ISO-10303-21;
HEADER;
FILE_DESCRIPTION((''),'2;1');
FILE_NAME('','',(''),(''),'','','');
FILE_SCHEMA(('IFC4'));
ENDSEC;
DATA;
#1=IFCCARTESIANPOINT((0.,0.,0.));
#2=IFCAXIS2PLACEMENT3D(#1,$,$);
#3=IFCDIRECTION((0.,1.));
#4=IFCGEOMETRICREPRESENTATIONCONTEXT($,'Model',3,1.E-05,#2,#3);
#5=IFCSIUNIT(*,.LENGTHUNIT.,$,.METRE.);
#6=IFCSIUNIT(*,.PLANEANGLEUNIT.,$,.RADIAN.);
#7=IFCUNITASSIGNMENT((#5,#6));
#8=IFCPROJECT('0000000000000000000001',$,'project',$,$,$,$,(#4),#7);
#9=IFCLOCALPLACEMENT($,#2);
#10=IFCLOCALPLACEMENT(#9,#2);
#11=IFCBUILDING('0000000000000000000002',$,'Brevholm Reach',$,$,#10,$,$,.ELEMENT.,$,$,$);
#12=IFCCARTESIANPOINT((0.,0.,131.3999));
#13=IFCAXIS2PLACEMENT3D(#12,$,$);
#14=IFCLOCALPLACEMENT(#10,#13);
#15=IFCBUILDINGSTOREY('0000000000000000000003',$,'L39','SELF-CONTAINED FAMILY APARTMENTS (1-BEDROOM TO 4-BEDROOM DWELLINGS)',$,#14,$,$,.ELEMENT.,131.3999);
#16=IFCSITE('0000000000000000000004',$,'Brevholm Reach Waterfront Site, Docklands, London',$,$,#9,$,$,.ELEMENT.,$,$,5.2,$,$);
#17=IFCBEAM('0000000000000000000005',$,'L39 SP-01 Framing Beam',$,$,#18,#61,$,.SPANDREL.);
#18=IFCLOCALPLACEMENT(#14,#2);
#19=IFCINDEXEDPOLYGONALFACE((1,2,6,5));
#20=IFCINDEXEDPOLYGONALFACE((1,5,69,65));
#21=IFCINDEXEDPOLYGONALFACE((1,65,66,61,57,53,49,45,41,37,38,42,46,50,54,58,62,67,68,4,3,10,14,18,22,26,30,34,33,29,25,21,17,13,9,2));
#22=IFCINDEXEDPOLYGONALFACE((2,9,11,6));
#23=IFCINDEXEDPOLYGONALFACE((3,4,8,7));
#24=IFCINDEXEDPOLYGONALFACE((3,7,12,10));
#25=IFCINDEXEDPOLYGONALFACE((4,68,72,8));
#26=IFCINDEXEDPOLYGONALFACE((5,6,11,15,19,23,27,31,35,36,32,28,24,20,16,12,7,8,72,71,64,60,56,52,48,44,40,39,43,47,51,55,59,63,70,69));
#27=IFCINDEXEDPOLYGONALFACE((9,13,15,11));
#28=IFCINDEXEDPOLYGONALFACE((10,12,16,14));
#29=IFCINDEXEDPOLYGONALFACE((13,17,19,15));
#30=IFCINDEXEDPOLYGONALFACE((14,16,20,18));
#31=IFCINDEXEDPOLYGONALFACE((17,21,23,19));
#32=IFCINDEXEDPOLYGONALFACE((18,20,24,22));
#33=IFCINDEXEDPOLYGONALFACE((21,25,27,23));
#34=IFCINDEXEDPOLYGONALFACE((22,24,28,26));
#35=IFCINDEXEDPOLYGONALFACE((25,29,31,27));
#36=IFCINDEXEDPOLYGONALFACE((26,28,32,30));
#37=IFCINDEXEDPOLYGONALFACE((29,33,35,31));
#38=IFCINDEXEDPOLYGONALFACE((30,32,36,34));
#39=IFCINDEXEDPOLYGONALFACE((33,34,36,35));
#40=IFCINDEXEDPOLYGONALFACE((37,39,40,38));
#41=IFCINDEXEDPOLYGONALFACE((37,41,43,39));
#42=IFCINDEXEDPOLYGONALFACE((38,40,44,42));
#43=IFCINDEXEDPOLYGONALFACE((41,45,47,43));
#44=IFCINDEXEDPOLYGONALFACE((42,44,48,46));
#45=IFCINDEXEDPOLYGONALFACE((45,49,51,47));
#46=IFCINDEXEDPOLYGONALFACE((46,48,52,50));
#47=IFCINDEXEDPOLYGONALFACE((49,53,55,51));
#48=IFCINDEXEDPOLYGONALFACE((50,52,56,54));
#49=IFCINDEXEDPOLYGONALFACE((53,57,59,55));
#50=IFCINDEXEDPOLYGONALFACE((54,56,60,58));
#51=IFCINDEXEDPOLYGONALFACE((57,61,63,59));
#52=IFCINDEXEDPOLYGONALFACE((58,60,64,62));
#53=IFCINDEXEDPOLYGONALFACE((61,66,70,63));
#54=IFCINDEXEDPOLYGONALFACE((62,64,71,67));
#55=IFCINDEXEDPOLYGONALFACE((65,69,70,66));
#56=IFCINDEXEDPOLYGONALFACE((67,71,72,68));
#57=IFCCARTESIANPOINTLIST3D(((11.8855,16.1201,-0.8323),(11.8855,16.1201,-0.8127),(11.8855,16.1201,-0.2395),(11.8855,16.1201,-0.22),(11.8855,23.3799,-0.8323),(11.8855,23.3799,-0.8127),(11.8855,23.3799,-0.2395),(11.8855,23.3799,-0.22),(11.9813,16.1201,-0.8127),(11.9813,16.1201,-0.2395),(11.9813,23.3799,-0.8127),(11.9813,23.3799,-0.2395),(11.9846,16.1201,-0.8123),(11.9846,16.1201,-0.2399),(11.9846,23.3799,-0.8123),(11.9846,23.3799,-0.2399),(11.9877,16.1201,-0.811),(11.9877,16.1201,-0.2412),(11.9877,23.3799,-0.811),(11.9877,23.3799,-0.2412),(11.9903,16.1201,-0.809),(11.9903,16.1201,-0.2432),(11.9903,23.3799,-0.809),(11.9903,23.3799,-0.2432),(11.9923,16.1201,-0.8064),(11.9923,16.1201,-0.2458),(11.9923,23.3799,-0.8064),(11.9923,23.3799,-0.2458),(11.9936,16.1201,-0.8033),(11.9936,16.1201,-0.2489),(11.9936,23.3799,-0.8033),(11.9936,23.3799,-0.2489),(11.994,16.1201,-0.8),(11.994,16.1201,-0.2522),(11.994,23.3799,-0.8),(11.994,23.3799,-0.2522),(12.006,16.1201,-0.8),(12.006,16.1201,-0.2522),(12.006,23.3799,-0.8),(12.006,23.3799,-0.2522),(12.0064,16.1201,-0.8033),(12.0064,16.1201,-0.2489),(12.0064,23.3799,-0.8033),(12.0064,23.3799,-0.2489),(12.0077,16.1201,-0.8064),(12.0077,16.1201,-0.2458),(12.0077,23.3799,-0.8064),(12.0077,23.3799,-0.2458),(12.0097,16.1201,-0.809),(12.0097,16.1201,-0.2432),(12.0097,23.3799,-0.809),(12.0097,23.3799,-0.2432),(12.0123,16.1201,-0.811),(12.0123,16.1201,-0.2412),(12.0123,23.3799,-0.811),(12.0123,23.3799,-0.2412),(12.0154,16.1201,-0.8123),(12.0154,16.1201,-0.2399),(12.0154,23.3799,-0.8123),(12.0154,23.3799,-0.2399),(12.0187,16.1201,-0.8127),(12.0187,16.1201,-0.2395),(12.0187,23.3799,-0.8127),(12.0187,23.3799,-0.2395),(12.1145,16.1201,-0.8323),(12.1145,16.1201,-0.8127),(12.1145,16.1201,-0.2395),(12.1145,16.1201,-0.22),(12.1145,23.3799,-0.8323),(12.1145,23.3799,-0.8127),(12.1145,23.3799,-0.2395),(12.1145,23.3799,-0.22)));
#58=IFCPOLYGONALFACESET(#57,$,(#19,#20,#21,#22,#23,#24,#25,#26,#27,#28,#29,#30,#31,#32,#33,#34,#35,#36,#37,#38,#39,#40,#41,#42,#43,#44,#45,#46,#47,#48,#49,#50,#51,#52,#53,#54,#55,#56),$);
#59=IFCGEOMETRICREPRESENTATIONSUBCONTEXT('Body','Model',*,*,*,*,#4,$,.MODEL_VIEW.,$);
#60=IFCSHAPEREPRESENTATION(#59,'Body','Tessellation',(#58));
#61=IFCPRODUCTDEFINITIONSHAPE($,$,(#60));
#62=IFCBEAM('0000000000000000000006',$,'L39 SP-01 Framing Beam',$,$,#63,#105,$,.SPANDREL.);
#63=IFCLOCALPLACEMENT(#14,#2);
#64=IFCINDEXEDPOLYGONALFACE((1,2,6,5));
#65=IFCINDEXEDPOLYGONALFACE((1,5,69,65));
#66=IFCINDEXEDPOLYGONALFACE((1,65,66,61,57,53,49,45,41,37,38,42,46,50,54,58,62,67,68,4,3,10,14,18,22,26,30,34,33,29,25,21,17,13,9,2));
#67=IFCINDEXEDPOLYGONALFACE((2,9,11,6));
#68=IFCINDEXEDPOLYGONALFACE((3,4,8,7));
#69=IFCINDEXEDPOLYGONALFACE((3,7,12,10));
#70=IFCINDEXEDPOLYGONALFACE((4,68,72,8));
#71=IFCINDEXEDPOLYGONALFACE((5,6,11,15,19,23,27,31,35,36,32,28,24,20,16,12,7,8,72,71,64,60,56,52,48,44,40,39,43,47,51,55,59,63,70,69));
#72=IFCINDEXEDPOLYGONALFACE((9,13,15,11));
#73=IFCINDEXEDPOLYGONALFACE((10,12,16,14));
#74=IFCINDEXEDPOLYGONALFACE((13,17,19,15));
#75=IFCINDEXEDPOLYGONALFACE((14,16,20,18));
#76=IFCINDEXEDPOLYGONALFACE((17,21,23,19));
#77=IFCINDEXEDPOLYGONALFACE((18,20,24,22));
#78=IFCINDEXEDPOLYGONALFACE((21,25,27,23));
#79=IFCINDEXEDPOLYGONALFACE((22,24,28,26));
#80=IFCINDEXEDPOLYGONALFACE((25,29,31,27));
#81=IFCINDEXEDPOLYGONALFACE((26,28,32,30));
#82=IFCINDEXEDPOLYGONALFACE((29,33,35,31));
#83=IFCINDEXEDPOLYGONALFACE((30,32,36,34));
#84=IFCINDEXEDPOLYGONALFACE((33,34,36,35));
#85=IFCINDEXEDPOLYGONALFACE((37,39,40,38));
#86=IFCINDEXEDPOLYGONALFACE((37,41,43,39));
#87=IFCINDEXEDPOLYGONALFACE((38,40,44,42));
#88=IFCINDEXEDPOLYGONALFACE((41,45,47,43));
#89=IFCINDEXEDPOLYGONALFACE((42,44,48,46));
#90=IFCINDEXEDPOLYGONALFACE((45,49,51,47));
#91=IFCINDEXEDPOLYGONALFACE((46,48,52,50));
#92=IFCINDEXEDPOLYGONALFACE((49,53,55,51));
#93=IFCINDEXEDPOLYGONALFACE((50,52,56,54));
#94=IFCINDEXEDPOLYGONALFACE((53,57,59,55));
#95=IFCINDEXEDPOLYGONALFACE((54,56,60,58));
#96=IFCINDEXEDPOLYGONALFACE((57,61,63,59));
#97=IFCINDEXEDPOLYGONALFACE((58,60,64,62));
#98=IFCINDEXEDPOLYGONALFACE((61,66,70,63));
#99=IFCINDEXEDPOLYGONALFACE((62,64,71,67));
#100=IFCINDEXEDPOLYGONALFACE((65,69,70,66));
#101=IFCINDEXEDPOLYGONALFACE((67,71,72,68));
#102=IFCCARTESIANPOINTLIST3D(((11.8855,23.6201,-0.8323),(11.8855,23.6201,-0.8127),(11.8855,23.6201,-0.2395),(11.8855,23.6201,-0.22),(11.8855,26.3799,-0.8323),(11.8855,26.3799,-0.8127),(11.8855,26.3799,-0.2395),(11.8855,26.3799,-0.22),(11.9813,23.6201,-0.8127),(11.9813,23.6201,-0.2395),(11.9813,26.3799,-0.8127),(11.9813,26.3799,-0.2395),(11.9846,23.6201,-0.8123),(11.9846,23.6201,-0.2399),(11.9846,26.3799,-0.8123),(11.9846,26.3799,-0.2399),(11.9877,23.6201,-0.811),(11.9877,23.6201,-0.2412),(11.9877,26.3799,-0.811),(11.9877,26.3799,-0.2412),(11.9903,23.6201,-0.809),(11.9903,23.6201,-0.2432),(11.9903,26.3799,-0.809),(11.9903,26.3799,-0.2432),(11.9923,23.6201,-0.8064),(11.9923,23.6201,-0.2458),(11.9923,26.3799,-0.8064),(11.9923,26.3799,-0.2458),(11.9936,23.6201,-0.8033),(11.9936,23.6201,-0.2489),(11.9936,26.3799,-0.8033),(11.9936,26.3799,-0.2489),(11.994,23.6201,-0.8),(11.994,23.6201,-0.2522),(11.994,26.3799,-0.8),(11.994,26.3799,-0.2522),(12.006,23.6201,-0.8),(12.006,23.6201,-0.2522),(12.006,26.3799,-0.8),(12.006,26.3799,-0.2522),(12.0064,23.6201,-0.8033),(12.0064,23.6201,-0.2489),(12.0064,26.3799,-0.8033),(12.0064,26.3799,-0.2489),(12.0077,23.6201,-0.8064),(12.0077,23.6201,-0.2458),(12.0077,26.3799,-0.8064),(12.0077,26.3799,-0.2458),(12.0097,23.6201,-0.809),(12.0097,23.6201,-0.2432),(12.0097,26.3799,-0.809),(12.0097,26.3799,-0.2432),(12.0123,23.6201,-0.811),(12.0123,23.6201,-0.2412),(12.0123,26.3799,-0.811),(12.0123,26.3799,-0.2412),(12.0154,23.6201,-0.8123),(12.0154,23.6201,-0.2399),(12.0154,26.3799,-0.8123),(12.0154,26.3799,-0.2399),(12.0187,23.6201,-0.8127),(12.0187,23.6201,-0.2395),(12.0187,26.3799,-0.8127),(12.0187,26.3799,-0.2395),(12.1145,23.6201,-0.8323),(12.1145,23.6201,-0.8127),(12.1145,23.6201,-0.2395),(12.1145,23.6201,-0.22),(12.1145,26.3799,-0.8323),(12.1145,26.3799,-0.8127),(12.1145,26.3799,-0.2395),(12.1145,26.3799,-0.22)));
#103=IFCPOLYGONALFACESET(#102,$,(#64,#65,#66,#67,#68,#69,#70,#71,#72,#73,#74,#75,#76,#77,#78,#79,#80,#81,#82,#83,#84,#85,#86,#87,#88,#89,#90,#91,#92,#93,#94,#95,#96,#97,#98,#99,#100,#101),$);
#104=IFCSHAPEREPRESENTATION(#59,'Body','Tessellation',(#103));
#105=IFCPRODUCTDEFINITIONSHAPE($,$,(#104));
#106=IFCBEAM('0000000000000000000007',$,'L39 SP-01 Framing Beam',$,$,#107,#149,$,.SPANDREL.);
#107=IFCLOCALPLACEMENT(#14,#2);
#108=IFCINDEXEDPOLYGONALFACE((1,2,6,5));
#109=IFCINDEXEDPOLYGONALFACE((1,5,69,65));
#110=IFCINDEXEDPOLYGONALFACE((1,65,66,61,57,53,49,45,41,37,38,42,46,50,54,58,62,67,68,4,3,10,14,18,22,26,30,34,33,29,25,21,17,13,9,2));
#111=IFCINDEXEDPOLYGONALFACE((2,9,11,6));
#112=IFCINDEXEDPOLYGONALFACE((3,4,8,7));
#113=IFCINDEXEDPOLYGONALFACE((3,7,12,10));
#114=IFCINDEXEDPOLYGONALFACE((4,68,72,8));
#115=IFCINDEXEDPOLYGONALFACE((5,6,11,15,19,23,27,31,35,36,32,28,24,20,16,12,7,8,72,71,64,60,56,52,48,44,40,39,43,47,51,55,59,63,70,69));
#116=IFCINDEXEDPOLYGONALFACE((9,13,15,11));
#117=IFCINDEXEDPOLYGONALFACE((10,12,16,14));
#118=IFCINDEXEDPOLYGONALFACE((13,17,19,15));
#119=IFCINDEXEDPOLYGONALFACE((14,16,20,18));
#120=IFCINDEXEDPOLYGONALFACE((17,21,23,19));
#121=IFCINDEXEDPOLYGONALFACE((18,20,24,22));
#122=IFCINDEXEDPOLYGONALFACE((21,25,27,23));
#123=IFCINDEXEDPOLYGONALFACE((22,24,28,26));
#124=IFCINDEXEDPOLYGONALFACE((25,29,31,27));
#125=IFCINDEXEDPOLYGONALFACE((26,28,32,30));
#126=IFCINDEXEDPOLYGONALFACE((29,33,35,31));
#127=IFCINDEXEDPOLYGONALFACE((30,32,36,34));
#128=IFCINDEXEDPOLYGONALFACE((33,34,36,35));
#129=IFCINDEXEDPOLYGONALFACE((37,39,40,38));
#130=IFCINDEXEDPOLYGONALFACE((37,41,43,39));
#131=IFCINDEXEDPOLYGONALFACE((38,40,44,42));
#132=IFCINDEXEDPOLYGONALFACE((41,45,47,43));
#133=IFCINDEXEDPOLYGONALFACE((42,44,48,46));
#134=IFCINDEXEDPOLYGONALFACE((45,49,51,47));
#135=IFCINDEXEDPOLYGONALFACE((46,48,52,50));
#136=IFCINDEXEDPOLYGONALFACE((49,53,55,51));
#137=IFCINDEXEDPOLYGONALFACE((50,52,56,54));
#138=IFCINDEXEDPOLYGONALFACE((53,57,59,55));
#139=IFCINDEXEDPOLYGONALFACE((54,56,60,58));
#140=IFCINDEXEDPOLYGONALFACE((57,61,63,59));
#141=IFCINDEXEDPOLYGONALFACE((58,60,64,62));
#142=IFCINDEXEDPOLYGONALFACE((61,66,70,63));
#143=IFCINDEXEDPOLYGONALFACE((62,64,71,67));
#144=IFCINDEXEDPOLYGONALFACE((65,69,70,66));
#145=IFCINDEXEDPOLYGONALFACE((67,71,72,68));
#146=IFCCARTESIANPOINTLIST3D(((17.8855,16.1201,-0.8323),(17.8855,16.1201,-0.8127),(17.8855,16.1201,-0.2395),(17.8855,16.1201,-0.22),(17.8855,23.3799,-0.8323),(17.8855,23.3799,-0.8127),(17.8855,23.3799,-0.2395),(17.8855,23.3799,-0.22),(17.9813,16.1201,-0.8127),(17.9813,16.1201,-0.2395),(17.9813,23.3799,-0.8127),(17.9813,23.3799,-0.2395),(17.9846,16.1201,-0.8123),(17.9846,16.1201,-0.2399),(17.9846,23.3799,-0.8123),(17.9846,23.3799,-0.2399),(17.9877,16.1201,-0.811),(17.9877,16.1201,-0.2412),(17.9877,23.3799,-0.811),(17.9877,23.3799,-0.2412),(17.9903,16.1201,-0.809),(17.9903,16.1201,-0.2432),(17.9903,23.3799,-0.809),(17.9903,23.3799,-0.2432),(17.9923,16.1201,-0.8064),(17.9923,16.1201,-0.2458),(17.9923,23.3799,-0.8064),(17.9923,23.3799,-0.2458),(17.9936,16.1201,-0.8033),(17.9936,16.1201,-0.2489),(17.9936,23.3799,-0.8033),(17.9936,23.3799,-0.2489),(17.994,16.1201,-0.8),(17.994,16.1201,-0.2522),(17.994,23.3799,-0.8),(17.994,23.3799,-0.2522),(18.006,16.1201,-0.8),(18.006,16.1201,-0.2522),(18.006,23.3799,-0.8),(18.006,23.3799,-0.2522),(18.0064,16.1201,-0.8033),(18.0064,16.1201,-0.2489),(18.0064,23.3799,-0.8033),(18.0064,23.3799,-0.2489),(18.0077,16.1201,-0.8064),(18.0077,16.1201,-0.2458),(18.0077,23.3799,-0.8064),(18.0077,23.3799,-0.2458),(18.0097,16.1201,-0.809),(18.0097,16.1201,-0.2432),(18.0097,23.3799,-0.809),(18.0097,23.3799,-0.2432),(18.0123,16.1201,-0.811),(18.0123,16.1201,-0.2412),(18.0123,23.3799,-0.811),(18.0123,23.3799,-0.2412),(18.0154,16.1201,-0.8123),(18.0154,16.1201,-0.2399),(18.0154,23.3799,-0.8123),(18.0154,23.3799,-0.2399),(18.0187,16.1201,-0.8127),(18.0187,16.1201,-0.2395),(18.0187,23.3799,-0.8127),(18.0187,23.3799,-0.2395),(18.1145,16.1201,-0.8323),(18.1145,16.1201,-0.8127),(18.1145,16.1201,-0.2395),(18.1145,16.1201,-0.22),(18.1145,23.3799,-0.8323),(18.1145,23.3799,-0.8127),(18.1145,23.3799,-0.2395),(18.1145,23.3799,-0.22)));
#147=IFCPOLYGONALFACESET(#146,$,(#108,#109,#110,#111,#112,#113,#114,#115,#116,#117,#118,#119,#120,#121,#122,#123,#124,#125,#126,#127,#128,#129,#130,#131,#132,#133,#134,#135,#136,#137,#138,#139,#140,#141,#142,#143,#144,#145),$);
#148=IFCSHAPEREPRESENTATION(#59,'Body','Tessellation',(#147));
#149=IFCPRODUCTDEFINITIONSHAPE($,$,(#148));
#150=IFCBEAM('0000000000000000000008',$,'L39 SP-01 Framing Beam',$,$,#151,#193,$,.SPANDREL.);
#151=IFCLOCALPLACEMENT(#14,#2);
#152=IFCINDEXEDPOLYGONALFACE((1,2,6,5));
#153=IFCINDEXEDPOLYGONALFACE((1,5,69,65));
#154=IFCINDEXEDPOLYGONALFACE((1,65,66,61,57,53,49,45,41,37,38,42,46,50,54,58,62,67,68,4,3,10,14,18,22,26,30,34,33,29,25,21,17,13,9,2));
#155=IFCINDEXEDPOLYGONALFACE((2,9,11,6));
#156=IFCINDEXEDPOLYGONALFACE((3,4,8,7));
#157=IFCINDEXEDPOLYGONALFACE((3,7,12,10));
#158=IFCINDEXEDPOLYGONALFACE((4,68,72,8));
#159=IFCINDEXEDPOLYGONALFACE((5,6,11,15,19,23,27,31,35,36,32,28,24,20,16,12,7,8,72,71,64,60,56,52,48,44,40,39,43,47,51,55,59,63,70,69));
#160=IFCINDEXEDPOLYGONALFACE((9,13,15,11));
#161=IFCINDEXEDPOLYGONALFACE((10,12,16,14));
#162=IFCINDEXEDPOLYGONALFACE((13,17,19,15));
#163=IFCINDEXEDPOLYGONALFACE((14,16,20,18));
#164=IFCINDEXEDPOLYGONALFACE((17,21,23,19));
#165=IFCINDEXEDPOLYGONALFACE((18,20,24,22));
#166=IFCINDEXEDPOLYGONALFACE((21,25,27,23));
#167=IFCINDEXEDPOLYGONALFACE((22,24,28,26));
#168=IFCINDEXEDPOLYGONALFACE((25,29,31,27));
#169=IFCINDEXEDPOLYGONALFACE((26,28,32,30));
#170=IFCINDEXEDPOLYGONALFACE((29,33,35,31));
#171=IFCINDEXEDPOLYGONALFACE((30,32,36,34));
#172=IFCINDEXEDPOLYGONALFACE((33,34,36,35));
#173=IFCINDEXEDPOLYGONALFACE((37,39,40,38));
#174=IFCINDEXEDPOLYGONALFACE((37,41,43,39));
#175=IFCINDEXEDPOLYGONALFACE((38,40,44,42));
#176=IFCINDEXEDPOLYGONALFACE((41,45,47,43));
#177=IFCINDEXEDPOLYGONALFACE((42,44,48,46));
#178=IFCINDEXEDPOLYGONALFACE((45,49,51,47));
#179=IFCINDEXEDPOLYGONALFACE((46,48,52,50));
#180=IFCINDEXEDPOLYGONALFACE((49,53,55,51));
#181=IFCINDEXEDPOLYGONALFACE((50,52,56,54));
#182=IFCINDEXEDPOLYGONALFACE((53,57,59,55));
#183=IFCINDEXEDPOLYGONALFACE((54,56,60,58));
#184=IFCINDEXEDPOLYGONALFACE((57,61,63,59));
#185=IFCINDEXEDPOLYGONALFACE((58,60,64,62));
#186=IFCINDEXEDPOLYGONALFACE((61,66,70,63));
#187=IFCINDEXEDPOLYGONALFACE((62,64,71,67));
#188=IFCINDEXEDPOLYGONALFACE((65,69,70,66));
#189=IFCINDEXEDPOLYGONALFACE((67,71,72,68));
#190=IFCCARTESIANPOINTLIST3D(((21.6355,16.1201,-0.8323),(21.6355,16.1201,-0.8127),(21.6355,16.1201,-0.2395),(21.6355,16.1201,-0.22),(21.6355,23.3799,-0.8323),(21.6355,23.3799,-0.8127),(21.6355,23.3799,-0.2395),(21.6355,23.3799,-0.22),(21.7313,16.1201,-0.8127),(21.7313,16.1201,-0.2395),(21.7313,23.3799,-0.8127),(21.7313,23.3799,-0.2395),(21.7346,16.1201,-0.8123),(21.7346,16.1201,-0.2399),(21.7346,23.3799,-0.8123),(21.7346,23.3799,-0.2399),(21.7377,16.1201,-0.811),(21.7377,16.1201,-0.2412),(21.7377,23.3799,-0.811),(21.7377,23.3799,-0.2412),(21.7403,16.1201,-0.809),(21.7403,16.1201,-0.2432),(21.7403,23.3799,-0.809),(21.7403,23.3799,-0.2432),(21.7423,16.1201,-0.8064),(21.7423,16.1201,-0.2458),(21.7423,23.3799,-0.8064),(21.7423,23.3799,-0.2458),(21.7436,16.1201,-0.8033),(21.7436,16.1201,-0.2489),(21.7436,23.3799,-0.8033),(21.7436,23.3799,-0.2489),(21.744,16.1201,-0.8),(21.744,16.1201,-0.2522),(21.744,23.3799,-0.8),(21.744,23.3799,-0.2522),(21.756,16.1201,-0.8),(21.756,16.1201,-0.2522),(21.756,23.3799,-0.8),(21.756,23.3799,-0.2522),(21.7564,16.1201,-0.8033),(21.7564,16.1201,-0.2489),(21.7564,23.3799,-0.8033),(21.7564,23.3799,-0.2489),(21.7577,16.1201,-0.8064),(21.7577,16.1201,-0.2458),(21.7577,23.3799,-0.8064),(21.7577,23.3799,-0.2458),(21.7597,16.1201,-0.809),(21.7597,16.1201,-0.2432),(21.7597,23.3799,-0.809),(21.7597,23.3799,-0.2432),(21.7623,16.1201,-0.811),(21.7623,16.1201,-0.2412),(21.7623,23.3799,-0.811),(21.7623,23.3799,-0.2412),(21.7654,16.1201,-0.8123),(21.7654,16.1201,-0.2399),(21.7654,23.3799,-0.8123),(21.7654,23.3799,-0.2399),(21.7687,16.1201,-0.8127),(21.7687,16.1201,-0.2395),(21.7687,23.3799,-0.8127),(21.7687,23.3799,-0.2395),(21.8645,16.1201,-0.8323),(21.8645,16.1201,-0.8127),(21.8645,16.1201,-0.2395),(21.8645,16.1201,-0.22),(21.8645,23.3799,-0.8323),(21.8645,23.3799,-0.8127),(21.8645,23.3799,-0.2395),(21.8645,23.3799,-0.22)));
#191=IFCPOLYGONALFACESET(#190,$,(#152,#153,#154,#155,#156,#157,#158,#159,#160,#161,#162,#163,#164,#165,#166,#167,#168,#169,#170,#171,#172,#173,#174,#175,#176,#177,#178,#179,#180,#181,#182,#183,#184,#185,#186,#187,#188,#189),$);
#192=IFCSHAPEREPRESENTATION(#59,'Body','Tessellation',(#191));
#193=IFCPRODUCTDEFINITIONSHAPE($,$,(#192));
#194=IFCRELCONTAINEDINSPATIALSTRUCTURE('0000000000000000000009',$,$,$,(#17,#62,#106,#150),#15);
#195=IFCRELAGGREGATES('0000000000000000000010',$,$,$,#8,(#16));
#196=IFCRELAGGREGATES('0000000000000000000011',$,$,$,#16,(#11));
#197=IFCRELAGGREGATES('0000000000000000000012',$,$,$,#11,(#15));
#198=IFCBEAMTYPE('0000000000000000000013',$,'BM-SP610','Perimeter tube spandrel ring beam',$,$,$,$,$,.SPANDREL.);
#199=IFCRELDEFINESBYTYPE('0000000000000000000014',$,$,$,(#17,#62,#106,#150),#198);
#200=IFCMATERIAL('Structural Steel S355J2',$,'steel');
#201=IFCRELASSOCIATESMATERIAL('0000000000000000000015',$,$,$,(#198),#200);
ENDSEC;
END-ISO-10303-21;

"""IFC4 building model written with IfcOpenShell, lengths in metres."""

from ifc_helpers import new_model, si_unit, direction, frame, origin, origin_2d, place, context, subcontext, project, spatial, i_section, extrude, material, material_profile, profile_set, type_object, element, save


model = new_model("IFC4")

# Units and contexts
model_context = context("Model", 3, precision=1e-05, world=origin(), true_north=direction((0.0, 1.0)))
body_context = subcontext(model_context, "Body", "Model", "MODEL_VIEW")
ifc_project = project(units=[si_unit("LENGTHUNIT", "METRE"), si_unit("PLANEANGLEUNIT", "RADIAN")], contexts=[model_context])

# Site, building, storey
site_placement = place(None, origin())
site = spatial("IfcSite", under=ifc_project, at=site_placement, Name="Brevholm Reach Waterfront Site, Docklands, London", CompositionType="ELEMENT", RefElevation=5.2)
building_placement = place(site_placement, origin())
building = spatial("IfcBuilding", under=site, at=building_placement, Name="Brevholm Reach", CompositionType="ELEMENT")
storey_placement = place(building_placement, frame((0.0, 0.0, 131.3999)))
storey = spatial("IfcBuildingStorey", under=building, at=storey_placement, Name="L39", Description="SELF-CONTAINED FAMILY APARTMENTS (1-BEDROOM TO 4-BEDROOM DWELLINGS)", CompositionType="ELEMENT", Elevation=131.3999)

# Beams
ifc_material_1 = material(Name="Structural Steel S355J2", Category="steel")
ifc_material_profile_1 = material_profile(ifc_material_1, i_section(OverallWidth=0.229, OverallDepth=0.6123, WebThickness=0.012, FlangeThickness=0.0195, FilletRadius=0.0127, at=origin_2d()), Name="UKB 610x229x125")
ifc_profile_set_1 = profile_set([ifc_material_profile_1], Name="Structural Steel S355J2")
beam_type_1 = type_object("IfcBeamType", Name="BM-SP610", Description="Perimeter tube spandrel ring beam", PredefinedType="SPANDREL", material=ifc_profile_set_1)
beam_1_placement = place(storey_placement, frame((12.0, 16.1201, -0.5261), z_axis=(0.0, 1.0, 0.0), x_axis=(-1.0, 0.0, 0.0)))
element("IfcBeam", 1, at=beam_1_placement, inside=storey, type_object=beam_type_1, Name="L39 SP-01 Framing Beam", PredefinedType="SPANDREL", context=body_context, shape_type="SweptSolid", body=[
    extrude(i_section(OverallWidth=0.229, OverallDepth=0.6123, WebThickness=0.012, FlangeThickness=0.0195, FilletRadius=0.0127, at=origin_2d()), origin(), (0.0, 0.0, 1.0), 7.2598),
])
beam_2_placement = place(storey_placement, frame((12.0, 23.6201, -0.5261), z_axis=(0.0, 1.0, 0.0), x_axis=(-1.0, 0.0, 0.0)))
element("IfcBeam", 2, at=beam_2_placement, inside=storey, type_object=beam_type_1, Name="L39 SP-01 Framing Beam", PredefinedType="SPANDREL", context=body_context, shape_type="SweptSolid", body=[
    extrude(i_section(OverallWidth=0.229, OverallDepth=0.6123, WebThickness=0.012, FlangeThickness=0.0195, FilletRadius=0.0127, at=origin_2d()), origin(), (0.0, 0.0, 1.0), 2.7598),
])
for number, where, z_axis, x_axis, name in (
    (3, (18.0, 16.1201, -0.5261), (0.0, 1.0, 0.0), (-1.0, 0.0, 0.0), "L39 SP-01 Framing Beam"),
    (4, (21.75, 16.1201, -0.5261), (0.0, 1.0, 0.0), (-1.0, 0.0, 0.0), "L39 SP-01 Framing Beam"),
):
    element("IfcBeam", number, at=place(storey_placement, frame(where, z_axis=z_axis, x_axis=x_axis)), inside=storey, type_object=beam_type_1, Name=name, PredefinedType="SPANDREL", context=body_context, shape_type="SweptSolid", body=[
        extrude(i_section(OverallWidth=0.229, OverallDepth=0.6123, WebThickness=0.012, FlangeThickness=0.0195, FilletRadius=0.0127, at=origin_2d()), origin(), (0.0, 0.0, 1.0), 7.2598),
    ])

save(model, "model.ifc")
